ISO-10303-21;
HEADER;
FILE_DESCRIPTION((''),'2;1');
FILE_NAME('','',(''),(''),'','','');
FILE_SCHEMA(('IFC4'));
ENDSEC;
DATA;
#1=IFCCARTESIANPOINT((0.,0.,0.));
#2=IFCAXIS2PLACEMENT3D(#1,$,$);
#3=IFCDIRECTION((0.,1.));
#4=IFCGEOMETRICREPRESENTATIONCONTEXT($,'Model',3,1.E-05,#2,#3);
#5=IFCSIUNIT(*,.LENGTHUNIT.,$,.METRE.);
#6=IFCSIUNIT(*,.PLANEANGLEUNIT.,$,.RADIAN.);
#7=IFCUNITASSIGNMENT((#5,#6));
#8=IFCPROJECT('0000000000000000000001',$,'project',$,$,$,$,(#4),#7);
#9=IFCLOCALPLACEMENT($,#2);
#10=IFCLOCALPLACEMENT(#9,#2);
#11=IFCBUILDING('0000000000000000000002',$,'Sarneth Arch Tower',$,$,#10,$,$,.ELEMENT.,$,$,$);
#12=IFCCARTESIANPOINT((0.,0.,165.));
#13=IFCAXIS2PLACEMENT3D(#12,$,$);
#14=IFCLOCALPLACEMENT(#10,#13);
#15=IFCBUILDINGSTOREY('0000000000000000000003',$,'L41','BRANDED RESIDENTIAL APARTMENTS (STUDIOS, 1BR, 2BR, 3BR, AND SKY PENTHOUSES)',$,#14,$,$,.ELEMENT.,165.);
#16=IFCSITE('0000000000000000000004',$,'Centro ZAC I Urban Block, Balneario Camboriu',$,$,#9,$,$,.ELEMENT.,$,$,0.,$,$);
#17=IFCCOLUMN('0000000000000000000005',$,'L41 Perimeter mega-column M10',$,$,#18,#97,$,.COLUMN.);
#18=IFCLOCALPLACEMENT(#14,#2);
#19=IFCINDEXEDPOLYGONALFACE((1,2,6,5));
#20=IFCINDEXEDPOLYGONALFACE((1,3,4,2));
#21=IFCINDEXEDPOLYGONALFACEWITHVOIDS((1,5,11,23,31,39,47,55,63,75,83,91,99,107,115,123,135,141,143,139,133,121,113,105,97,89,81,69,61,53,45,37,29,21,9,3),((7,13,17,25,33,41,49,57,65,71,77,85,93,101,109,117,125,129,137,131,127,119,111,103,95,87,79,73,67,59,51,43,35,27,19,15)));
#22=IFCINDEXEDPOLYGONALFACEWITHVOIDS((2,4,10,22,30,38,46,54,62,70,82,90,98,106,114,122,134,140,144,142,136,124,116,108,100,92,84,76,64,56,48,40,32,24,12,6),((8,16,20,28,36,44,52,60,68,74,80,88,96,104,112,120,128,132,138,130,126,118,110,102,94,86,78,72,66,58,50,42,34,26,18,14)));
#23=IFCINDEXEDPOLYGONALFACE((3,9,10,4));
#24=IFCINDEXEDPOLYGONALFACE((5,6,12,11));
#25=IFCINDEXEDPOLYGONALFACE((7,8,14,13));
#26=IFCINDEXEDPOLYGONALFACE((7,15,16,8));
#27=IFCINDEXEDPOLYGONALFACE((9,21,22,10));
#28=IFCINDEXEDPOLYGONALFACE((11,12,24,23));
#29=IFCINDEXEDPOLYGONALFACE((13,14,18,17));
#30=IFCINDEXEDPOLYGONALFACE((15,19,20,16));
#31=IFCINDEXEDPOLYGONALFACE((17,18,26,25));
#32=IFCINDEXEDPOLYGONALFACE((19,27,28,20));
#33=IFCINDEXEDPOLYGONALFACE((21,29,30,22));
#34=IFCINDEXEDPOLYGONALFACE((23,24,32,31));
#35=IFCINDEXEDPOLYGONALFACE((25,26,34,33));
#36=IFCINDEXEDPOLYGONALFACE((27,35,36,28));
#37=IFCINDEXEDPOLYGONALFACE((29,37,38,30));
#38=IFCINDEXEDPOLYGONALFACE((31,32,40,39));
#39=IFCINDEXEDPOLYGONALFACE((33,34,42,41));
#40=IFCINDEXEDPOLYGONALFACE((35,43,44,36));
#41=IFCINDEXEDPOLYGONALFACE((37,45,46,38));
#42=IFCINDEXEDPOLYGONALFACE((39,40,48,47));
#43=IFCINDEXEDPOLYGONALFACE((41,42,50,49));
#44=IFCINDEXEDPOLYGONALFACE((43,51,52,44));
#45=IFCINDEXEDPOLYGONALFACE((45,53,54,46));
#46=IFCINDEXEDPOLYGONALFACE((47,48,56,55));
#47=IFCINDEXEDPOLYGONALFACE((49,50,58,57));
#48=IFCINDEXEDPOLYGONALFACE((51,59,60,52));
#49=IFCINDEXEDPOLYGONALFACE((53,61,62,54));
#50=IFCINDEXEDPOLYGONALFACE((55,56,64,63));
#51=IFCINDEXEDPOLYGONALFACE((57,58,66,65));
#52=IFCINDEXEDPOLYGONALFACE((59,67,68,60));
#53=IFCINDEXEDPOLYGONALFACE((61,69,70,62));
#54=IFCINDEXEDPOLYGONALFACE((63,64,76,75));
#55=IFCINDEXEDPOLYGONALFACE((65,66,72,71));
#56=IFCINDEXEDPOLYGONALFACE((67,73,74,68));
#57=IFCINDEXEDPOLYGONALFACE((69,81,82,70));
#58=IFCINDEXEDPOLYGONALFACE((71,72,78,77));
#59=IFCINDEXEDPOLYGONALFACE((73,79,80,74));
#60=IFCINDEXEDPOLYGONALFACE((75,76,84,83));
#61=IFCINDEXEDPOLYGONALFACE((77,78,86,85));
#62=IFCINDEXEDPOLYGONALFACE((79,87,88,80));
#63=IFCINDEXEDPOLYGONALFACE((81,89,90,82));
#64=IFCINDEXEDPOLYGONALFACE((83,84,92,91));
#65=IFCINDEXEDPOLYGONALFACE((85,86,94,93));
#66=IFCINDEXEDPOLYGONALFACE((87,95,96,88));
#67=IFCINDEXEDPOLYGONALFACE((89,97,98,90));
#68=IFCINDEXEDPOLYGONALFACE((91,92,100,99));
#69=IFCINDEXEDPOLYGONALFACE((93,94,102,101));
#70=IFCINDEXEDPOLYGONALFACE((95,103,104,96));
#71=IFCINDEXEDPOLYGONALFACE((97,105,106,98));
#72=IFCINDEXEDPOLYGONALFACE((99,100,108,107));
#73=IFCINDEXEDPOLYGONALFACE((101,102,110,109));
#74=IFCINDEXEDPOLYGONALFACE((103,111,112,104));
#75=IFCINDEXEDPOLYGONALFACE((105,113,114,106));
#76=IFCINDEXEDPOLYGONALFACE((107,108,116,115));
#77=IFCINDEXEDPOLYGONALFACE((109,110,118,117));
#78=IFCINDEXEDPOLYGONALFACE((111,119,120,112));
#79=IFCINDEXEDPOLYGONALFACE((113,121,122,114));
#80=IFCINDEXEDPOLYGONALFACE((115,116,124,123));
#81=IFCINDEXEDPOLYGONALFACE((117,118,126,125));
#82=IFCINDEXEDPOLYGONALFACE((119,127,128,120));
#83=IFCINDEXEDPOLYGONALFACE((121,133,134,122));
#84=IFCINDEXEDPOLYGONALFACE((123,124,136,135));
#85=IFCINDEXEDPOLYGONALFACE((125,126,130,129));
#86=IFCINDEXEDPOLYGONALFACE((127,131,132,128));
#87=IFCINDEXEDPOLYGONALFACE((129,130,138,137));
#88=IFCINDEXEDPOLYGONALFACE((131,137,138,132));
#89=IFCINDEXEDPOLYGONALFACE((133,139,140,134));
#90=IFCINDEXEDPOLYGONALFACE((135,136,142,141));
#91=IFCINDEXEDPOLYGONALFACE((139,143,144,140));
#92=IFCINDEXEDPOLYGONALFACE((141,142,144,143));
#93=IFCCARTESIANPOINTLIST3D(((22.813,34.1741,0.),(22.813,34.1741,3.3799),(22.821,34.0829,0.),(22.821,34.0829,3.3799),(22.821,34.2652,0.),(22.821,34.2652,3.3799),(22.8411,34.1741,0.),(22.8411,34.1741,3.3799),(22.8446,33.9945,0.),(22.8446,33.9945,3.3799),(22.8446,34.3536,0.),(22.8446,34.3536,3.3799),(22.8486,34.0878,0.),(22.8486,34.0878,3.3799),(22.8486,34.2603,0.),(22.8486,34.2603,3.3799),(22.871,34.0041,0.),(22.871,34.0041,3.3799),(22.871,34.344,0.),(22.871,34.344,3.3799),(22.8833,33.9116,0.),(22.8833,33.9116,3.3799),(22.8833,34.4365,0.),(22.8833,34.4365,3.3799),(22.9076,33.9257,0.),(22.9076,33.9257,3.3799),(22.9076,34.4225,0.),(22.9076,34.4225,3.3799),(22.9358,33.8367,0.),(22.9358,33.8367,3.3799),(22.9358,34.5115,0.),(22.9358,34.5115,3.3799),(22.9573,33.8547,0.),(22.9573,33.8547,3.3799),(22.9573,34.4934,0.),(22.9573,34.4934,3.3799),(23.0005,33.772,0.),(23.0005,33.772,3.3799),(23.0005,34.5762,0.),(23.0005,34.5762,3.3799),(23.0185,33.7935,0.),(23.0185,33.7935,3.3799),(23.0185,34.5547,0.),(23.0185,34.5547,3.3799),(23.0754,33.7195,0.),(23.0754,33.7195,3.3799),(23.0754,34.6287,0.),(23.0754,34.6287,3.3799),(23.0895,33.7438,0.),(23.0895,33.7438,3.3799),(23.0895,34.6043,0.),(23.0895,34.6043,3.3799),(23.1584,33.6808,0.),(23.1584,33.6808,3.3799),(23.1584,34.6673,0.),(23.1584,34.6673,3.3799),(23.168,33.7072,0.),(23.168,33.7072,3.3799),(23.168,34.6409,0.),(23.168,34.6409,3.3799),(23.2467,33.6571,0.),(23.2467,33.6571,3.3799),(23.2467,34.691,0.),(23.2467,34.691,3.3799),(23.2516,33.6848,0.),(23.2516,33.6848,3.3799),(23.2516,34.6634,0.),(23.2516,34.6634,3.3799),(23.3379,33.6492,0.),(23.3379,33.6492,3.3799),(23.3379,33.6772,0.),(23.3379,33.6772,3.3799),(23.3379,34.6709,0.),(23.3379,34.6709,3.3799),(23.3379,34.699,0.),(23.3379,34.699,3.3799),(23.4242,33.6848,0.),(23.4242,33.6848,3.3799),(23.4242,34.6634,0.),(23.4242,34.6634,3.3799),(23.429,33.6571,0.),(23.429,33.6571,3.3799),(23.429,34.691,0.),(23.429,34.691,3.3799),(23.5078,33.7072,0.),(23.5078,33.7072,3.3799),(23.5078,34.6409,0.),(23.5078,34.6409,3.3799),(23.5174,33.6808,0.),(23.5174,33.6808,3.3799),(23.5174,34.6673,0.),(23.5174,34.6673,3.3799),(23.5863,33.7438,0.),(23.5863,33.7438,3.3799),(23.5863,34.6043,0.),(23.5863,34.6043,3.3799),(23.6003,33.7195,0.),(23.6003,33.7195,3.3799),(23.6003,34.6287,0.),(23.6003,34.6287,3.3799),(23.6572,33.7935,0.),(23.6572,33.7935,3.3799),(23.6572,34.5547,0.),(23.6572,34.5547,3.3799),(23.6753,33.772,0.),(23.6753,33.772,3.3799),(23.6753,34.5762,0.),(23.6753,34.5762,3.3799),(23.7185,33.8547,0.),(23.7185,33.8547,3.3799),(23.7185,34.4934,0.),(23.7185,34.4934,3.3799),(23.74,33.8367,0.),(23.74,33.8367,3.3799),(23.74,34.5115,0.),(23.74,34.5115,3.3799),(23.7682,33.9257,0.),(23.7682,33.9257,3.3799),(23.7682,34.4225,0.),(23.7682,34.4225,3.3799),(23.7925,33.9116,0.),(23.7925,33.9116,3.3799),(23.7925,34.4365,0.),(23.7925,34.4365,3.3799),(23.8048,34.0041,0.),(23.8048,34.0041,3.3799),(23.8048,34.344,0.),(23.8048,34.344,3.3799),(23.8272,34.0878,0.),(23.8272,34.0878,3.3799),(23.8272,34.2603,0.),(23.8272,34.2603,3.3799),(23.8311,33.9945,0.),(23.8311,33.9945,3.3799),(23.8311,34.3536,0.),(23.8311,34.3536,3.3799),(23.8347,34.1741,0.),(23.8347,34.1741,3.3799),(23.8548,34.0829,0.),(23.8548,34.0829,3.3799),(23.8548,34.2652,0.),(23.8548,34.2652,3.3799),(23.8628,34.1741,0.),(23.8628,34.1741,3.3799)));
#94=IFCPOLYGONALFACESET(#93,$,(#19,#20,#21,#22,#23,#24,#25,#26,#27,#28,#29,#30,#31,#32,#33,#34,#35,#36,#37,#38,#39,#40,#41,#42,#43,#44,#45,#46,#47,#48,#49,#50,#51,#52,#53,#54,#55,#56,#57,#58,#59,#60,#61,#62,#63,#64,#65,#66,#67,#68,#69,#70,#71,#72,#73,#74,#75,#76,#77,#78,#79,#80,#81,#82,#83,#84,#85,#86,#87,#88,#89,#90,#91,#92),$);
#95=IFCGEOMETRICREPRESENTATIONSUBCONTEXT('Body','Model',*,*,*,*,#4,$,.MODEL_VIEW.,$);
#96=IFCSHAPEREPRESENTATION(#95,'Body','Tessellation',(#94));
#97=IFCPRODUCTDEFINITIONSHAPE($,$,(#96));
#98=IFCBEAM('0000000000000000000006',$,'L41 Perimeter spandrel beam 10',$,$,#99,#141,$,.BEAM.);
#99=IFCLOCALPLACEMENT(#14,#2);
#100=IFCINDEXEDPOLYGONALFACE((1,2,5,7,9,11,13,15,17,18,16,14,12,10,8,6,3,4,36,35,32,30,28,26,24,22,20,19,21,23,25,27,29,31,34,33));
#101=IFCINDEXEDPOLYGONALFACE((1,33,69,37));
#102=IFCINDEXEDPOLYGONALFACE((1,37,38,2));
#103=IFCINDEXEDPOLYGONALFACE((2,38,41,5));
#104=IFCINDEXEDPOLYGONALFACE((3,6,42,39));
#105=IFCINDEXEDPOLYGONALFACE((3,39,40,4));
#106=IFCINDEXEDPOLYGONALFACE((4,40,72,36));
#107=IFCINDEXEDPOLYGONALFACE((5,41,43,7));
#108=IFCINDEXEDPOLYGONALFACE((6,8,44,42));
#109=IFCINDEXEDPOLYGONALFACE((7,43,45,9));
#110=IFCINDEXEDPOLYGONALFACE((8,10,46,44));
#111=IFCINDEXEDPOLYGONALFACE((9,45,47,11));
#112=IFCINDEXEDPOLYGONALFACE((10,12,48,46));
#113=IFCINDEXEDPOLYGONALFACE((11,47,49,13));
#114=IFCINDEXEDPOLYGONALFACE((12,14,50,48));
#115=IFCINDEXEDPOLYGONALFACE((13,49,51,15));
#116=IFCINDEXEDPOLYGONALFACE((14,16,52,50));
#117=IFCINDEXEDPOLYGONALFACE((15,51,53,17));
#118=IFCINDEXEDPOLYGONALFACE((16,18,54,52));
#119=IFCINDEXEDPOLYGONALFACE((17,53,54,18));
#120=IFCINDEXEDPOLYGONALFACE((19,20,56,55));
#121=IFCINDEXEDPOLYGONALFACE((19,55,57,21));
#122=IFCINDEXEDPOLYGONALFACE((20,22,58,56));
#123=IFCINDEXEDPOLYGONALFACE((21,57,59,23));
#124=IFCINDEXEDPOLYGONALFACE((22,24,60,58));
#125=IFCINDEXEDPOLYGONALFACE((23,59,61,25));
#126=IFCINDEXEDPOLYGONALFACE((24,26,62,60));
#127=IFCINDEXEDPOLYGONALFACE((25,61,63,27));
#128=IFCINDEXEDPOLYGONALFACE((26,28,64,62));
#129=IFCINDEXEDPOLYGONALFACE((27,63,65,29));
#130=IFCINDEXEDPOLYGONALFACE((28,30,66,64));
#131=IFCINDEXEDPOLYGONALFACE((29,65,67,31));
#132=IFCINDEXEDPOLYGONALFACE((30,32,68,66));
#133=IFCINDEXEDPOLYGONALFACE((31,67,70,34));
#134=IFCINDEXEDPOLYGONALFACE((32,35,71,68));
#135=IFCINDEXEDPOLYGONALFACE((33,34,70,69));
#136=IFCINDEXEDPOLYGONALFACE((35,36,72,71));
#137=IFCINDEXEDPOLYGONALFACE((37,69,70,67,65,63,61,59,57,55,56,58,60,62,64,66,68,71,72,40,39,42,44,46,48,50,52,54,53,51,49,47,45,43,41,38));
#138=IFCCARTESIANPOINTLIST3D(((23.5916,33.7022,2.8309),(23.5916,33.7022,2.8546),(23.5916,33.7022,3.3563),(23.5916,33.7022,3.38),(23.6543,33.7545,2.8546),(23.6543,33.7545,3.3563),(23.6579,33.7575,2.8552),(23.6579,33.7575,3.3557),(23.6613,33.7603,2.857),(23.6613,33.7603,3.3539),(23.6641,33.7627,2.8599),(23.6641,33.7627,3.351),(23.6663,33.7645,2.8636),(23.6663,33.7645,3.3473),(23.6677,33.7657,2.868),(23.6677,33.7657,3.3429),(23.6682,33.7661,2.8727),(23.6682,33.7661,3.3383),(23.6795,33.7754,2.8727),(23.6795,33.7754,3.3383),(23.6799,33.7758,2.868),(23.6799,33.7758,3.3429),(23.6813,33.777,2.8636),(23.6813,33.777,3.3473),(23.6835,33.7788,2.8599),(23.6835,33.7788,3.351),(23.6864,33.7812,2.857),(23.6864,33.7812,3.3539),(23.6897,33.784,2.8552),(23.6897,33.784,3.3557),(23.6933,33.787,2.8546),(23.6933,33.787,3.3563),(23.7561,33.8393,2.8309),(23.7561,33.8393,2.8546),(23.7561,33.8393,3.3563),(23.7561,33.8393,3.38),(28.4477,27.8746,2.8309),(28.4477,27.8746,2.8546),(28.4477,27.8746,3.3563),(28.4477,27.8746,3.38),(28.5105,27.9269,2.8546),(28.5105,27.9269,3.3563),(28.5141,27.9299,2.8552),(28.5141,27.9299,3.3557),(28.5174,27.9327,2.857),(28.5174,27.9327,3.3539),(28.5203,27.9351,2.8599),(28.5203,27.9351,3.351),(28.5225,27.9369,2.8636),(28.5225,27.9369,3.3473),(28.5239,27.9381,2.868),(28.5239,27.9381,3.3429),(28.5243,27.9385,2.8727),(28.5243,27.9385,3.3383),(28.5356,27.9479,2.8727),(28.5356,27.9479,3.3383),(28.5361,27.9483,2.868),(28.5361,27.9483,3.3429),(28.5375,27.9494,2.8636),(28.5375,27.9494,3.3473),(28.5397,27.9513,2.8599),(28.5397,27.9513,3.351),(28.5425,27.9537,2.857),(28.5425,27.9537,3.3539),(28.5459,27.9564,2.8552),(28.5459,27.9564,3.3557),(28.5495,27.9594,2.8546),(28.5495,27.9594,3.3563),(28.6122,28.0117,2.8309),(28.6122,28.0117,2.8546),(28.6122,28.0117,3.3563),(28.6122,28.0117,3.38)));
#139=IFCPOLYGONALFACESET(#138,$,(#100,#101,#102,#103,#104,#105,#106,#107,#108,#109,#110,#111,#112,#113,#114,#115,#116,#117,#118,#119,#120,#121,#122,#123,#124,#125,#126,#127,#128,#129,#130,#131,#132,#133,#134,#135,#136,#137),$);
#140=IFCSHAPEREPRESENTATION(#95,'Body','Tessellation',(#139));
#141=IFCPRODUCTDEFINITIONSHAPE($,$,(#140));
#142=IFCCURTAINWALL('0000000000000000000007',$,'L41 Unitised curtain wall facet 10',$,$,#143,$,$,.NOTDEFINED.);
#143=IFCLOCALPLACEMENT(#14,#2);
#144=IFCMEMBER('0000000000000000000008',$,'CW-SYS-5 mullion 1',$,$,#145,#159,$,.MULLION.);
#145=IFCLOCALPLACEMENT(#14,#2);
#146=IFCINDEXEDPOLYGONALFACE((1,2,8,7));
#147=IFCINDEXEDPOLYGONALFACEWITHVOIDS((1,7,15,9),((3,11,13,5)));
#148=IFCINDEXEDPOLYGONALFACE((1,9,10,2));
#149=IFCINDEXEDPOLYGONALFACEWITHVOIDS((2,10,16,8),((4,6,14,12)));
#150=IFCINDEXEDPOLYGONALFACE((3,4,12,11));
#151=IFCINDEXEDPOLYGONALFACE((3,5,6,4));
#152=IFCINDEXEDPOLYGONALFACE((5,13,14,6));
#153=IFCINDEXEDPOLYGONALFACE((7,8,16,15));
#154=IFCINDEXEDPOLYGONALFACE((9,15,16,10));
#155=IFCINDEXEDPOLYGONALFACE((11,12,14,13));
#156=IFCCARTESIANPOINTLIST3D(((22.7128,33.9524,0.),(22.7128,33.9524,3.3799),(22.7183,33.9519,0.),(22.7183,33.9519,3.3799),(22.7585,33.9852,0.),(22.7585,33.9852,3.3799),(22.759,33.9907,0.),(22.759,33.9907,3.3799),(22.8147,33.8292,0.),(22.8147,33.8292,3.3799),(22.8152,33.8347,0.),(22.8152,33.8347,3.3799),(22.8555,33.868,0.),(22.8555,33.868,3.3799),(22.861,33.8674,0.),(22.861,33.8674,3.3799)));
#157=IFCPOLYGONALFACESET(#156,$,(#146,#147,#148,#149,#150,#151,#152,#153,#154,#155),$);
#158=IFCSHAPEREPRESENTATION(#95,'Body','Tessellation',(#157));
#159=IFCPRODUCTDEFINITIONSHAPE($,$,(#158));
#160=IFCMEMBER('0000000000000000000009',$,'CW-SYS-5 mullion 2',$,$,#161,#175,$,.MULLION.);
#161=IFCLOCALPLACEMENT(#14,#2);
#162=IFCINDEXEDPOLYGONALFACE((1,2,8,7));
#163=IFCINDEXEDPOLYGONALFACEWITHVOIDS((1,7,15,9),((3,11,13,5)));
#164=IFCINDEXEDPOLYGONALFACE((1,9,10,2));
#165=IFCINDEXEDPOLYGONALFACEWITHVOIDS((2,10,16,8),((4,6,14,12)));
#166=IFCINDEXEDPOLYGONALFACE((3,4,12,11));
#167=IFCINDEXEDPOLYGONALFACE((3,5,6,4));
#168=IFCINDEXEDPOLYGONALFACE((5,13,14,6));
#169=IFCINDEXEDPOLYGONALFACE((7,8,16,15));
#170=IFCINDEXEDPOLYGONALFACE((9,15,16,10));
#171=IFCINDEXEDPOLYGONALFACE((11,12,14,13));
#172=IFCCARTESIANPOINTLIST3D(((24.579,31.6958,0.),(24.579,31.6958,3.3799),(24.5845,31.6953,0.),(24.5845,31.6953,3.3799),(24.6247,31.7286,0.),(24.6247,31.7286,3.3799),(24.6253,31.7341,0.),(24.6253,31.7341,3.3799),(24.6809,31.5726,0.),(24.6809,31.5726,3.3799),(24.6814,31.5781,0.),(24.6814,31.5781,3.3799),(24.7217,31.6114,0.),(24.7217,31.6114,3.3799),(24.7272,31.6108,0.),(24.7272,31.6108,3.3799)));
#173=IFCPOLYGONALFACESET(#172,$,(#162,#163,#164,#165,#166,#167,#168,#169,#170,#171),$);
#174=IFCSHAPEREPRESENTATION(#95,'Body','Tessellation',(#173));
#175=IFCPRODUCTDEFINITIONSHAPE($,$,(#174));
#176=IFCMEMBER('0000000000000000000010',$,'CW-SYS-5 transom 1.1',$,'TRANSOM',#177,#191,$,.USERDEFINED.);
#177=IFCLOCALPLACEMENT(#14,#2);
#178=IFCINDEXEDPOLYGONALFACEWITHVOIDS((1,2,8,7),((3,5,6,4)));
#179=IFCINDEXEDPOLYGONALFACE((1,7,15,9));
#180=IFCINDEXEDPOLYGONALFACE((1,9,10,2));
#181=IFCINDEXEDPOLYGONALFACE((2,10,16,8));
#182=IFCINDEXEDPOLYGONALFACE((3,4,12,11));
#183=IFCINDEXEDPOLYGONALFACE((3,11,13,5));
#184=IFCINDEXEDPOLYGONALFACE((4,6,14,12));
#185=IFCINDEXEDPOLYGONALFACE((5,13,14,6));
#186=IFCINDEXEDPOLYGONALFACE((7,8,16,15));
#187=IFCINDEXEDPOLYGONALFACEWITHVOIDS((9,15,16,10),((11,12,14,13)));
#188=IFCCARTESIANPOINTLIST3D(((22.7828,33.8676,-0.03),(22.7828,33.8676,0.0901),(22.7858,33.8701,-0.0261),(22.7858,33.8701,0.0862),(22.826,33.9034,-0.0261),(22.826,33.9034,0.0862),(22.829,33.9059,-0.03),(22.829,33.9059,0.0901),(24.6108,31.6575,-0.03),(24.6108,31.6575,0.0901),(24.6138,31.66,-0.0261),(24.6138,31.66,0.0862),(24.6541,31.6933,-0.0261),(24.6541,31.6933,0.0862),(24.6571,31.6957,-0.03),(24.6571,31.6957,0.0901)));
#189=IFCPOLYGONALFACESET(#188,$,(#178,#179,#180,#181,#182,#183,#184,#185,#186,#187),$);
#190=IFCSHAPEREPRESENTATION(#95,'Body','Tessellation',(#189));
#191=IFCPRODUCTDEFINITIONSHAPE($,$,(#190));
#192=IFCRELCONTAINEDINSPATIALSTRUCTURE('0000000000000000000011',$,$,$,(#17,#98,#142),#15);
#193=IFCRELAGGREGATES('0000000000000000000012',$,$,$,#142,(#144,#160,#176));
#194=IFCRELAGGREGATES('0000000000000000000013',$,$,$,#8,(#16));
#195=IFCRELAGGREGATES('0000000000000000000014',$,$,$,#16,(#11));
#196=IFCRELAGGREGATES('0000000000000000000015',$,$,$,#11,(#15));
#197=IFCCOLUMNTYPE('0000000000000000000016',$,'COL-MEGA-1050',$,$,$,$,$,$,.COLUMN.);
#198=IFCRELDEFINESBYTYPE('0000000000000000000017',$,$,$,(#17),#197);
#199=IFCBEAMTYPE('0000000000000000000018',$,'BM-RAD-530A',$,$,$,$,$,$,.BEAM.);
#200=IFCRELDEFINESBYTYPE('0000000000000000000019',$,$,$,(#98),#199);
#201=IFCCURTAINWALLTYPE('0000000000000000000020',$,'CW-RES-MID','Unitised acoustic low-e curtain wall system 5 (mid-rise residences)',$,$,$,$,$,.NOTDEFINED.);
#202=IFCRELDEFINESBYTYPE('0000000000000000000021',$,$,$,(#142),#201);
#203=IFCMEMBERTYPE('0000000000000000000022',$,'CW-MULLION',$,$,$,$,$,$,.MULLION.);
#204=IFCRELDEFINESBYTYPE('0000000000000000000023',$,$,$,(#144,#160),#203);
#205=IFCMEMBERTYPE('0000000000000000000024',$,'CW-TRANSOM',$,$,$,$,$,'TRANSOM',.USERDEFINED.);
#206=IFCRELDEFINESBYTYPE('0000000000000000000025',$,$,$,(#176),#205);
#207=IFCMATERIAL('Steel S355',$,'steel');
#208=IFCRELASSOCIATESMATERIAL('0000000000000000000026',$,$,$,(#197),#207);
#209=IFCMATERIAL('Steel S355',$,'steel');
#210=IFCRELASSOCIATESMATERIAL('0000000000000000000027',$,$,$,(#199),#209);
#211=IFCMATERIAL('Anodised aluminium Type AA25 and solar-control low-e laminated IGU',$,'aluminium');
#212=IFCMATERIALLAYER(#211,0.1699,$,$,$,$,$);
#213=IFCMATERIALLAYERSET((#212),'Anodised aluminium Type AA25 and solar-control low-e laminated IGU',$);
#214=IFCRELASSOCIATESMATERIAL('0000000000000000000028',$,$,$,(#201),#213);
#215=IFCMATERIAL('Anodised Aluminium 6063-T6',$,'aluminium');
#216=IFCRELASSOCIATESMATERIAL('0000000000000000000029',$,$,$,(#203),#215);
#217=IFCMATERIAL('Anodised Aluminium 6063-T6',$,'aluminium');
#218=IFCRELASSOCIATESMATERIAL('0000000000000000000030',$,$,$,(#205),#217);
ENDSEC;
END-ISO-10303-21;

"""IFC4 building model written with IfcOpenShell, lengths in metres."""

from ifc_helpers import new_model, si_unit, direction, frame, origin, origin_2d, place, context, subcontext, project, spatial, hollow_rectangle, hollow_circle, i_section, extrude, material, layer, layer_set, material_profile, profile_set, type_object, element, aggregate, save


model = new_model("IFC4")

# Units and contexts
model_context = context("Model", 3, precision=1e-05, world=origin(), true_north=direction((0.0, 1.0)))
body_context = subcontext(model_context, "Body", "Model", "MODEL_VIEW")
ifc_project = project(units=[si_unit("LENGTHUNIT", "METRE"), si_unit("PLANEANGLEUNIT", "RADIAN")], contexts=[model_context])

# Site, building, storey
site_placement = place(None, origin())
site = spatial("IfcSite", under=ifc_project, at=site_placement, Name="Centro ZAC I Urban Block, Balneario Camboriu", CompositionType="ELEMENT", RefElevation=0.0)
building_placement = place(site_placement, origin())
building = spatial("IfcBuilding", under=site, at=building_placement, Name="Sarneth Arch Tower", CompositionType="ELEMENT")
storey_placement = place(building_placement, frame((0.0, 0.0, 165.0)))
storey = spatial("IfcBuildingStorey", under=building, at=storey_placement, Name="L41", Description="BRANDED RESIDENTIAL APARTMENTS (STUDIOS, 1BR, 2BR, 3BR, AND SKY PENTHOUSES)", CompositionType="ELEMENT", Elevation=165.0)

# Column
ifc_material_1 = material(Name="Steel S355", Category="steel")
ifc_material_profile_1 = material_profile(ifc_material_1, hollow_circle(Radius=0.5249, WallThickness=0.0281, at=origin_2d()), Name="CHS1050x28")
ifc_profile_set_1 = profile_set([ifc_material_profile_1], Name="Steel S355")
column_type = type_object("IfcColumnType", Name="COL-MEGA-1050", PredefinedType="COLUMN", material=ifc_profile_set_1)
column_placement = place(storey_placement, frame((23.3379, 34.1741, 0.0), z_axis=(0.0, 0.0, 1.0), x_axis=(1.0, 0.0, 0.0)))
element("IfcColumn", 1, at=column_placement, inside=storey, type_object=column_type, Name="L41 Perimeter mega-column M10", PredefinedType="COLUMN", context=body_context, shape_type="SweptSolid", body=[
    extrude(hollow_circle(Radius=0.5249, WallThickness=0.0281, at=origin_2d()), origin(), (0.0, 0.0, 1.0), 3.3799),
])

# Beam
ifc_material_2 = material(Name="Steel S355", Category="steel")
ifc_material_profile_2 = material_profile(ifc_material_2, i_section(OverallWidth=0.2141, OverallDepth=0.5491, WebThickness=0.0146, FlangeThickness=0.0237, FilletRadius=0.0181, at=origin_2d()), Name="W530x138")
ifc_profile_set_2 = profile_set([ifc_material_profile_2], Name="Steel S355")
beam_type = type_object("IfcBeamType", Name="BM-RAD-530A", PredefinedType="BEAM", material=ifc_profile_set_2)
beam_placement = place(storey_placement, frame((23.6738, 33.7708, 3.1055), z_axis=(0.640172, -0.768232, 0.0), x_axis=(0.768232, 0.640172, 0.0)))
element("IfcBeam", 2, at=beam_placement, inside=storey, type_object=beam_type, Name="L41 Perimeter spandrel beam 10", PredefinedType="BEAM", context=body_context, shape_type="SweptSolid", body=[
    extrude(i_section(OverallWidth=0.2141, OverallDepth=0.5491, WebThickness=0.0146, FlangeThickness=0.0237, FilletRadius=0.0181, at=origin_2d()), origin(), (0.0, 0.0, 1.0), 7.5857),
])

# Curtain wall, members
ifc_material_3 = material(Name="Anodised aluminium Type AA25 and solar-control low-e laminated IGU", Category="aluminium")
ifc_layer_1 = layer(ifc_material_3, 0.1699)
ifc_layer_set_1 = layer_set([ifc_layer_1], Name="Anodised aluminium Type AA25 and solar-control low-e laminated IGU")
curtain_wall_type = type_object("IfcCurtainWallType", Name="CW-RES-MID", Description="Unitised acoustic low-e curtain wall system 5 (mid-rise residences)", PredefinedType="NOTDEFINED", material=ifc_layer_set_1)
curtain_wall_placement = place(storey_placement, origin())
curtain_wall = element("IfcCurtainWall", 3, at=curtain_wall_placement, inside=storey, type_object=curtain_wall_type, Name="L41 Unitised curtain wall facet 10", PredefinedType="NOTDEFINED")
ifc_material_4 = material(Name="Anodised Aluminium 6063-T6", Category="aluminium")
ifc_material_profile_3 = material_profile(ifc_material_4, hollow_rectangle(XDim=0.0601, YDim=0.1599, WallThickness=0.0039, at=origin_2d()), Name="AL-MULL-160x60x4")
ifc_profile_set_3 = profile_set([ifc_material_profile_3], Name="Anodised Aluminium 6063-T6")
member_type_1 = type_object("IfcMemberType", Name="CW-MULLION", PredefinedType="MULLION", material=ifc_profile_set_3)
member_1_placement = place(storey_placement, frame((22.7869, 33.9099, 0.0), z_axis=(0.0, 0.0, 1.0), x_axis=(0.770591, 0.63733, 0.0)))
member_1 = element("IfcMember", 4, at=member_1_placement, type_object=member_type_1, Name="CW-SYS-5 mullion 1", PredefinedType="MULLION", context=body_context, shape_type="SweptSolid", body=[
    extrude(hollow_rectangle(XDim=0.0601, YDim=0.1599, WallThickness=0.0039, at=origin_2d()), origin(), (0.0, 0.0, 1.0), 3.3799),
])
member_2_placement = place(storey_placement, frame((24.6531, 31.6533, 0.0), z_axis=(0.0, 0.0, 1.0), x_axis=(0.770591, 0.63733, 0.0)))
member_2 = element("IfcMember", 5, at=member_2_placement, type_object=member_type_1, Name="CW-SYS-5 mullion 2", PredefinedType="MULLION", context=body_context, shape_type="SweptSolid", body=[
    extrude(hollow_rectangle(XDim=0.0601, YDim=0.1599, WallThickness=0.0039, at=origin_2d()), origin(), (0.0, 0.0, 1.0), 3.3799),
])
ifc_material_5 = material(Name="Anodised Aluminium 6063-T6", Category="aluminium")
ifc_material_profile_4 = material_profile(ifc_material_5, hollow_rectangle(XDim=0.0601, YDim=0.1201, WallThickness=0.0039, at=origin_2d()), Name="AL-TRAN-120x60x4")
ifc_profile_set_4 = profile_set([ifc_material_profile_4], Name="Anodised Aluminium 6063-T6")
member_type_2 = type_object("IfcMemberType", Name="CW-TRANSOM", ElementType="TRANSOM", PredefinedType="USERDEFINED", material=ifc_profile_set_4)
member_3_placement = place(storey_placement, frame((22.8059, 33.8867, 0.03), z_axis=(0.637359, -0.770567, 0.0), x_axis=(0.770567, 0.637359, 0.0)))
member_3 = element("IfcMember", 6, at=member_3_placement, type_object=member_type_2, Name="CW-SYS-5 transom 1.1", ObjectType="TRANSOM", PredefinedType="USERDEFINED", context=body_context, shape_type="SweptSolid", body=[
    extrude(hollow_rectangle(XDim=0.0601, YDim=0.1201, WallThickness=0.0039, at=origin_2d()), origin(), (0.0, 0.0, 1.0), 2.8682),
])
aggregate(curtain_wall, [member_1, member_2, member_3])

save(model, "model.ifc")
